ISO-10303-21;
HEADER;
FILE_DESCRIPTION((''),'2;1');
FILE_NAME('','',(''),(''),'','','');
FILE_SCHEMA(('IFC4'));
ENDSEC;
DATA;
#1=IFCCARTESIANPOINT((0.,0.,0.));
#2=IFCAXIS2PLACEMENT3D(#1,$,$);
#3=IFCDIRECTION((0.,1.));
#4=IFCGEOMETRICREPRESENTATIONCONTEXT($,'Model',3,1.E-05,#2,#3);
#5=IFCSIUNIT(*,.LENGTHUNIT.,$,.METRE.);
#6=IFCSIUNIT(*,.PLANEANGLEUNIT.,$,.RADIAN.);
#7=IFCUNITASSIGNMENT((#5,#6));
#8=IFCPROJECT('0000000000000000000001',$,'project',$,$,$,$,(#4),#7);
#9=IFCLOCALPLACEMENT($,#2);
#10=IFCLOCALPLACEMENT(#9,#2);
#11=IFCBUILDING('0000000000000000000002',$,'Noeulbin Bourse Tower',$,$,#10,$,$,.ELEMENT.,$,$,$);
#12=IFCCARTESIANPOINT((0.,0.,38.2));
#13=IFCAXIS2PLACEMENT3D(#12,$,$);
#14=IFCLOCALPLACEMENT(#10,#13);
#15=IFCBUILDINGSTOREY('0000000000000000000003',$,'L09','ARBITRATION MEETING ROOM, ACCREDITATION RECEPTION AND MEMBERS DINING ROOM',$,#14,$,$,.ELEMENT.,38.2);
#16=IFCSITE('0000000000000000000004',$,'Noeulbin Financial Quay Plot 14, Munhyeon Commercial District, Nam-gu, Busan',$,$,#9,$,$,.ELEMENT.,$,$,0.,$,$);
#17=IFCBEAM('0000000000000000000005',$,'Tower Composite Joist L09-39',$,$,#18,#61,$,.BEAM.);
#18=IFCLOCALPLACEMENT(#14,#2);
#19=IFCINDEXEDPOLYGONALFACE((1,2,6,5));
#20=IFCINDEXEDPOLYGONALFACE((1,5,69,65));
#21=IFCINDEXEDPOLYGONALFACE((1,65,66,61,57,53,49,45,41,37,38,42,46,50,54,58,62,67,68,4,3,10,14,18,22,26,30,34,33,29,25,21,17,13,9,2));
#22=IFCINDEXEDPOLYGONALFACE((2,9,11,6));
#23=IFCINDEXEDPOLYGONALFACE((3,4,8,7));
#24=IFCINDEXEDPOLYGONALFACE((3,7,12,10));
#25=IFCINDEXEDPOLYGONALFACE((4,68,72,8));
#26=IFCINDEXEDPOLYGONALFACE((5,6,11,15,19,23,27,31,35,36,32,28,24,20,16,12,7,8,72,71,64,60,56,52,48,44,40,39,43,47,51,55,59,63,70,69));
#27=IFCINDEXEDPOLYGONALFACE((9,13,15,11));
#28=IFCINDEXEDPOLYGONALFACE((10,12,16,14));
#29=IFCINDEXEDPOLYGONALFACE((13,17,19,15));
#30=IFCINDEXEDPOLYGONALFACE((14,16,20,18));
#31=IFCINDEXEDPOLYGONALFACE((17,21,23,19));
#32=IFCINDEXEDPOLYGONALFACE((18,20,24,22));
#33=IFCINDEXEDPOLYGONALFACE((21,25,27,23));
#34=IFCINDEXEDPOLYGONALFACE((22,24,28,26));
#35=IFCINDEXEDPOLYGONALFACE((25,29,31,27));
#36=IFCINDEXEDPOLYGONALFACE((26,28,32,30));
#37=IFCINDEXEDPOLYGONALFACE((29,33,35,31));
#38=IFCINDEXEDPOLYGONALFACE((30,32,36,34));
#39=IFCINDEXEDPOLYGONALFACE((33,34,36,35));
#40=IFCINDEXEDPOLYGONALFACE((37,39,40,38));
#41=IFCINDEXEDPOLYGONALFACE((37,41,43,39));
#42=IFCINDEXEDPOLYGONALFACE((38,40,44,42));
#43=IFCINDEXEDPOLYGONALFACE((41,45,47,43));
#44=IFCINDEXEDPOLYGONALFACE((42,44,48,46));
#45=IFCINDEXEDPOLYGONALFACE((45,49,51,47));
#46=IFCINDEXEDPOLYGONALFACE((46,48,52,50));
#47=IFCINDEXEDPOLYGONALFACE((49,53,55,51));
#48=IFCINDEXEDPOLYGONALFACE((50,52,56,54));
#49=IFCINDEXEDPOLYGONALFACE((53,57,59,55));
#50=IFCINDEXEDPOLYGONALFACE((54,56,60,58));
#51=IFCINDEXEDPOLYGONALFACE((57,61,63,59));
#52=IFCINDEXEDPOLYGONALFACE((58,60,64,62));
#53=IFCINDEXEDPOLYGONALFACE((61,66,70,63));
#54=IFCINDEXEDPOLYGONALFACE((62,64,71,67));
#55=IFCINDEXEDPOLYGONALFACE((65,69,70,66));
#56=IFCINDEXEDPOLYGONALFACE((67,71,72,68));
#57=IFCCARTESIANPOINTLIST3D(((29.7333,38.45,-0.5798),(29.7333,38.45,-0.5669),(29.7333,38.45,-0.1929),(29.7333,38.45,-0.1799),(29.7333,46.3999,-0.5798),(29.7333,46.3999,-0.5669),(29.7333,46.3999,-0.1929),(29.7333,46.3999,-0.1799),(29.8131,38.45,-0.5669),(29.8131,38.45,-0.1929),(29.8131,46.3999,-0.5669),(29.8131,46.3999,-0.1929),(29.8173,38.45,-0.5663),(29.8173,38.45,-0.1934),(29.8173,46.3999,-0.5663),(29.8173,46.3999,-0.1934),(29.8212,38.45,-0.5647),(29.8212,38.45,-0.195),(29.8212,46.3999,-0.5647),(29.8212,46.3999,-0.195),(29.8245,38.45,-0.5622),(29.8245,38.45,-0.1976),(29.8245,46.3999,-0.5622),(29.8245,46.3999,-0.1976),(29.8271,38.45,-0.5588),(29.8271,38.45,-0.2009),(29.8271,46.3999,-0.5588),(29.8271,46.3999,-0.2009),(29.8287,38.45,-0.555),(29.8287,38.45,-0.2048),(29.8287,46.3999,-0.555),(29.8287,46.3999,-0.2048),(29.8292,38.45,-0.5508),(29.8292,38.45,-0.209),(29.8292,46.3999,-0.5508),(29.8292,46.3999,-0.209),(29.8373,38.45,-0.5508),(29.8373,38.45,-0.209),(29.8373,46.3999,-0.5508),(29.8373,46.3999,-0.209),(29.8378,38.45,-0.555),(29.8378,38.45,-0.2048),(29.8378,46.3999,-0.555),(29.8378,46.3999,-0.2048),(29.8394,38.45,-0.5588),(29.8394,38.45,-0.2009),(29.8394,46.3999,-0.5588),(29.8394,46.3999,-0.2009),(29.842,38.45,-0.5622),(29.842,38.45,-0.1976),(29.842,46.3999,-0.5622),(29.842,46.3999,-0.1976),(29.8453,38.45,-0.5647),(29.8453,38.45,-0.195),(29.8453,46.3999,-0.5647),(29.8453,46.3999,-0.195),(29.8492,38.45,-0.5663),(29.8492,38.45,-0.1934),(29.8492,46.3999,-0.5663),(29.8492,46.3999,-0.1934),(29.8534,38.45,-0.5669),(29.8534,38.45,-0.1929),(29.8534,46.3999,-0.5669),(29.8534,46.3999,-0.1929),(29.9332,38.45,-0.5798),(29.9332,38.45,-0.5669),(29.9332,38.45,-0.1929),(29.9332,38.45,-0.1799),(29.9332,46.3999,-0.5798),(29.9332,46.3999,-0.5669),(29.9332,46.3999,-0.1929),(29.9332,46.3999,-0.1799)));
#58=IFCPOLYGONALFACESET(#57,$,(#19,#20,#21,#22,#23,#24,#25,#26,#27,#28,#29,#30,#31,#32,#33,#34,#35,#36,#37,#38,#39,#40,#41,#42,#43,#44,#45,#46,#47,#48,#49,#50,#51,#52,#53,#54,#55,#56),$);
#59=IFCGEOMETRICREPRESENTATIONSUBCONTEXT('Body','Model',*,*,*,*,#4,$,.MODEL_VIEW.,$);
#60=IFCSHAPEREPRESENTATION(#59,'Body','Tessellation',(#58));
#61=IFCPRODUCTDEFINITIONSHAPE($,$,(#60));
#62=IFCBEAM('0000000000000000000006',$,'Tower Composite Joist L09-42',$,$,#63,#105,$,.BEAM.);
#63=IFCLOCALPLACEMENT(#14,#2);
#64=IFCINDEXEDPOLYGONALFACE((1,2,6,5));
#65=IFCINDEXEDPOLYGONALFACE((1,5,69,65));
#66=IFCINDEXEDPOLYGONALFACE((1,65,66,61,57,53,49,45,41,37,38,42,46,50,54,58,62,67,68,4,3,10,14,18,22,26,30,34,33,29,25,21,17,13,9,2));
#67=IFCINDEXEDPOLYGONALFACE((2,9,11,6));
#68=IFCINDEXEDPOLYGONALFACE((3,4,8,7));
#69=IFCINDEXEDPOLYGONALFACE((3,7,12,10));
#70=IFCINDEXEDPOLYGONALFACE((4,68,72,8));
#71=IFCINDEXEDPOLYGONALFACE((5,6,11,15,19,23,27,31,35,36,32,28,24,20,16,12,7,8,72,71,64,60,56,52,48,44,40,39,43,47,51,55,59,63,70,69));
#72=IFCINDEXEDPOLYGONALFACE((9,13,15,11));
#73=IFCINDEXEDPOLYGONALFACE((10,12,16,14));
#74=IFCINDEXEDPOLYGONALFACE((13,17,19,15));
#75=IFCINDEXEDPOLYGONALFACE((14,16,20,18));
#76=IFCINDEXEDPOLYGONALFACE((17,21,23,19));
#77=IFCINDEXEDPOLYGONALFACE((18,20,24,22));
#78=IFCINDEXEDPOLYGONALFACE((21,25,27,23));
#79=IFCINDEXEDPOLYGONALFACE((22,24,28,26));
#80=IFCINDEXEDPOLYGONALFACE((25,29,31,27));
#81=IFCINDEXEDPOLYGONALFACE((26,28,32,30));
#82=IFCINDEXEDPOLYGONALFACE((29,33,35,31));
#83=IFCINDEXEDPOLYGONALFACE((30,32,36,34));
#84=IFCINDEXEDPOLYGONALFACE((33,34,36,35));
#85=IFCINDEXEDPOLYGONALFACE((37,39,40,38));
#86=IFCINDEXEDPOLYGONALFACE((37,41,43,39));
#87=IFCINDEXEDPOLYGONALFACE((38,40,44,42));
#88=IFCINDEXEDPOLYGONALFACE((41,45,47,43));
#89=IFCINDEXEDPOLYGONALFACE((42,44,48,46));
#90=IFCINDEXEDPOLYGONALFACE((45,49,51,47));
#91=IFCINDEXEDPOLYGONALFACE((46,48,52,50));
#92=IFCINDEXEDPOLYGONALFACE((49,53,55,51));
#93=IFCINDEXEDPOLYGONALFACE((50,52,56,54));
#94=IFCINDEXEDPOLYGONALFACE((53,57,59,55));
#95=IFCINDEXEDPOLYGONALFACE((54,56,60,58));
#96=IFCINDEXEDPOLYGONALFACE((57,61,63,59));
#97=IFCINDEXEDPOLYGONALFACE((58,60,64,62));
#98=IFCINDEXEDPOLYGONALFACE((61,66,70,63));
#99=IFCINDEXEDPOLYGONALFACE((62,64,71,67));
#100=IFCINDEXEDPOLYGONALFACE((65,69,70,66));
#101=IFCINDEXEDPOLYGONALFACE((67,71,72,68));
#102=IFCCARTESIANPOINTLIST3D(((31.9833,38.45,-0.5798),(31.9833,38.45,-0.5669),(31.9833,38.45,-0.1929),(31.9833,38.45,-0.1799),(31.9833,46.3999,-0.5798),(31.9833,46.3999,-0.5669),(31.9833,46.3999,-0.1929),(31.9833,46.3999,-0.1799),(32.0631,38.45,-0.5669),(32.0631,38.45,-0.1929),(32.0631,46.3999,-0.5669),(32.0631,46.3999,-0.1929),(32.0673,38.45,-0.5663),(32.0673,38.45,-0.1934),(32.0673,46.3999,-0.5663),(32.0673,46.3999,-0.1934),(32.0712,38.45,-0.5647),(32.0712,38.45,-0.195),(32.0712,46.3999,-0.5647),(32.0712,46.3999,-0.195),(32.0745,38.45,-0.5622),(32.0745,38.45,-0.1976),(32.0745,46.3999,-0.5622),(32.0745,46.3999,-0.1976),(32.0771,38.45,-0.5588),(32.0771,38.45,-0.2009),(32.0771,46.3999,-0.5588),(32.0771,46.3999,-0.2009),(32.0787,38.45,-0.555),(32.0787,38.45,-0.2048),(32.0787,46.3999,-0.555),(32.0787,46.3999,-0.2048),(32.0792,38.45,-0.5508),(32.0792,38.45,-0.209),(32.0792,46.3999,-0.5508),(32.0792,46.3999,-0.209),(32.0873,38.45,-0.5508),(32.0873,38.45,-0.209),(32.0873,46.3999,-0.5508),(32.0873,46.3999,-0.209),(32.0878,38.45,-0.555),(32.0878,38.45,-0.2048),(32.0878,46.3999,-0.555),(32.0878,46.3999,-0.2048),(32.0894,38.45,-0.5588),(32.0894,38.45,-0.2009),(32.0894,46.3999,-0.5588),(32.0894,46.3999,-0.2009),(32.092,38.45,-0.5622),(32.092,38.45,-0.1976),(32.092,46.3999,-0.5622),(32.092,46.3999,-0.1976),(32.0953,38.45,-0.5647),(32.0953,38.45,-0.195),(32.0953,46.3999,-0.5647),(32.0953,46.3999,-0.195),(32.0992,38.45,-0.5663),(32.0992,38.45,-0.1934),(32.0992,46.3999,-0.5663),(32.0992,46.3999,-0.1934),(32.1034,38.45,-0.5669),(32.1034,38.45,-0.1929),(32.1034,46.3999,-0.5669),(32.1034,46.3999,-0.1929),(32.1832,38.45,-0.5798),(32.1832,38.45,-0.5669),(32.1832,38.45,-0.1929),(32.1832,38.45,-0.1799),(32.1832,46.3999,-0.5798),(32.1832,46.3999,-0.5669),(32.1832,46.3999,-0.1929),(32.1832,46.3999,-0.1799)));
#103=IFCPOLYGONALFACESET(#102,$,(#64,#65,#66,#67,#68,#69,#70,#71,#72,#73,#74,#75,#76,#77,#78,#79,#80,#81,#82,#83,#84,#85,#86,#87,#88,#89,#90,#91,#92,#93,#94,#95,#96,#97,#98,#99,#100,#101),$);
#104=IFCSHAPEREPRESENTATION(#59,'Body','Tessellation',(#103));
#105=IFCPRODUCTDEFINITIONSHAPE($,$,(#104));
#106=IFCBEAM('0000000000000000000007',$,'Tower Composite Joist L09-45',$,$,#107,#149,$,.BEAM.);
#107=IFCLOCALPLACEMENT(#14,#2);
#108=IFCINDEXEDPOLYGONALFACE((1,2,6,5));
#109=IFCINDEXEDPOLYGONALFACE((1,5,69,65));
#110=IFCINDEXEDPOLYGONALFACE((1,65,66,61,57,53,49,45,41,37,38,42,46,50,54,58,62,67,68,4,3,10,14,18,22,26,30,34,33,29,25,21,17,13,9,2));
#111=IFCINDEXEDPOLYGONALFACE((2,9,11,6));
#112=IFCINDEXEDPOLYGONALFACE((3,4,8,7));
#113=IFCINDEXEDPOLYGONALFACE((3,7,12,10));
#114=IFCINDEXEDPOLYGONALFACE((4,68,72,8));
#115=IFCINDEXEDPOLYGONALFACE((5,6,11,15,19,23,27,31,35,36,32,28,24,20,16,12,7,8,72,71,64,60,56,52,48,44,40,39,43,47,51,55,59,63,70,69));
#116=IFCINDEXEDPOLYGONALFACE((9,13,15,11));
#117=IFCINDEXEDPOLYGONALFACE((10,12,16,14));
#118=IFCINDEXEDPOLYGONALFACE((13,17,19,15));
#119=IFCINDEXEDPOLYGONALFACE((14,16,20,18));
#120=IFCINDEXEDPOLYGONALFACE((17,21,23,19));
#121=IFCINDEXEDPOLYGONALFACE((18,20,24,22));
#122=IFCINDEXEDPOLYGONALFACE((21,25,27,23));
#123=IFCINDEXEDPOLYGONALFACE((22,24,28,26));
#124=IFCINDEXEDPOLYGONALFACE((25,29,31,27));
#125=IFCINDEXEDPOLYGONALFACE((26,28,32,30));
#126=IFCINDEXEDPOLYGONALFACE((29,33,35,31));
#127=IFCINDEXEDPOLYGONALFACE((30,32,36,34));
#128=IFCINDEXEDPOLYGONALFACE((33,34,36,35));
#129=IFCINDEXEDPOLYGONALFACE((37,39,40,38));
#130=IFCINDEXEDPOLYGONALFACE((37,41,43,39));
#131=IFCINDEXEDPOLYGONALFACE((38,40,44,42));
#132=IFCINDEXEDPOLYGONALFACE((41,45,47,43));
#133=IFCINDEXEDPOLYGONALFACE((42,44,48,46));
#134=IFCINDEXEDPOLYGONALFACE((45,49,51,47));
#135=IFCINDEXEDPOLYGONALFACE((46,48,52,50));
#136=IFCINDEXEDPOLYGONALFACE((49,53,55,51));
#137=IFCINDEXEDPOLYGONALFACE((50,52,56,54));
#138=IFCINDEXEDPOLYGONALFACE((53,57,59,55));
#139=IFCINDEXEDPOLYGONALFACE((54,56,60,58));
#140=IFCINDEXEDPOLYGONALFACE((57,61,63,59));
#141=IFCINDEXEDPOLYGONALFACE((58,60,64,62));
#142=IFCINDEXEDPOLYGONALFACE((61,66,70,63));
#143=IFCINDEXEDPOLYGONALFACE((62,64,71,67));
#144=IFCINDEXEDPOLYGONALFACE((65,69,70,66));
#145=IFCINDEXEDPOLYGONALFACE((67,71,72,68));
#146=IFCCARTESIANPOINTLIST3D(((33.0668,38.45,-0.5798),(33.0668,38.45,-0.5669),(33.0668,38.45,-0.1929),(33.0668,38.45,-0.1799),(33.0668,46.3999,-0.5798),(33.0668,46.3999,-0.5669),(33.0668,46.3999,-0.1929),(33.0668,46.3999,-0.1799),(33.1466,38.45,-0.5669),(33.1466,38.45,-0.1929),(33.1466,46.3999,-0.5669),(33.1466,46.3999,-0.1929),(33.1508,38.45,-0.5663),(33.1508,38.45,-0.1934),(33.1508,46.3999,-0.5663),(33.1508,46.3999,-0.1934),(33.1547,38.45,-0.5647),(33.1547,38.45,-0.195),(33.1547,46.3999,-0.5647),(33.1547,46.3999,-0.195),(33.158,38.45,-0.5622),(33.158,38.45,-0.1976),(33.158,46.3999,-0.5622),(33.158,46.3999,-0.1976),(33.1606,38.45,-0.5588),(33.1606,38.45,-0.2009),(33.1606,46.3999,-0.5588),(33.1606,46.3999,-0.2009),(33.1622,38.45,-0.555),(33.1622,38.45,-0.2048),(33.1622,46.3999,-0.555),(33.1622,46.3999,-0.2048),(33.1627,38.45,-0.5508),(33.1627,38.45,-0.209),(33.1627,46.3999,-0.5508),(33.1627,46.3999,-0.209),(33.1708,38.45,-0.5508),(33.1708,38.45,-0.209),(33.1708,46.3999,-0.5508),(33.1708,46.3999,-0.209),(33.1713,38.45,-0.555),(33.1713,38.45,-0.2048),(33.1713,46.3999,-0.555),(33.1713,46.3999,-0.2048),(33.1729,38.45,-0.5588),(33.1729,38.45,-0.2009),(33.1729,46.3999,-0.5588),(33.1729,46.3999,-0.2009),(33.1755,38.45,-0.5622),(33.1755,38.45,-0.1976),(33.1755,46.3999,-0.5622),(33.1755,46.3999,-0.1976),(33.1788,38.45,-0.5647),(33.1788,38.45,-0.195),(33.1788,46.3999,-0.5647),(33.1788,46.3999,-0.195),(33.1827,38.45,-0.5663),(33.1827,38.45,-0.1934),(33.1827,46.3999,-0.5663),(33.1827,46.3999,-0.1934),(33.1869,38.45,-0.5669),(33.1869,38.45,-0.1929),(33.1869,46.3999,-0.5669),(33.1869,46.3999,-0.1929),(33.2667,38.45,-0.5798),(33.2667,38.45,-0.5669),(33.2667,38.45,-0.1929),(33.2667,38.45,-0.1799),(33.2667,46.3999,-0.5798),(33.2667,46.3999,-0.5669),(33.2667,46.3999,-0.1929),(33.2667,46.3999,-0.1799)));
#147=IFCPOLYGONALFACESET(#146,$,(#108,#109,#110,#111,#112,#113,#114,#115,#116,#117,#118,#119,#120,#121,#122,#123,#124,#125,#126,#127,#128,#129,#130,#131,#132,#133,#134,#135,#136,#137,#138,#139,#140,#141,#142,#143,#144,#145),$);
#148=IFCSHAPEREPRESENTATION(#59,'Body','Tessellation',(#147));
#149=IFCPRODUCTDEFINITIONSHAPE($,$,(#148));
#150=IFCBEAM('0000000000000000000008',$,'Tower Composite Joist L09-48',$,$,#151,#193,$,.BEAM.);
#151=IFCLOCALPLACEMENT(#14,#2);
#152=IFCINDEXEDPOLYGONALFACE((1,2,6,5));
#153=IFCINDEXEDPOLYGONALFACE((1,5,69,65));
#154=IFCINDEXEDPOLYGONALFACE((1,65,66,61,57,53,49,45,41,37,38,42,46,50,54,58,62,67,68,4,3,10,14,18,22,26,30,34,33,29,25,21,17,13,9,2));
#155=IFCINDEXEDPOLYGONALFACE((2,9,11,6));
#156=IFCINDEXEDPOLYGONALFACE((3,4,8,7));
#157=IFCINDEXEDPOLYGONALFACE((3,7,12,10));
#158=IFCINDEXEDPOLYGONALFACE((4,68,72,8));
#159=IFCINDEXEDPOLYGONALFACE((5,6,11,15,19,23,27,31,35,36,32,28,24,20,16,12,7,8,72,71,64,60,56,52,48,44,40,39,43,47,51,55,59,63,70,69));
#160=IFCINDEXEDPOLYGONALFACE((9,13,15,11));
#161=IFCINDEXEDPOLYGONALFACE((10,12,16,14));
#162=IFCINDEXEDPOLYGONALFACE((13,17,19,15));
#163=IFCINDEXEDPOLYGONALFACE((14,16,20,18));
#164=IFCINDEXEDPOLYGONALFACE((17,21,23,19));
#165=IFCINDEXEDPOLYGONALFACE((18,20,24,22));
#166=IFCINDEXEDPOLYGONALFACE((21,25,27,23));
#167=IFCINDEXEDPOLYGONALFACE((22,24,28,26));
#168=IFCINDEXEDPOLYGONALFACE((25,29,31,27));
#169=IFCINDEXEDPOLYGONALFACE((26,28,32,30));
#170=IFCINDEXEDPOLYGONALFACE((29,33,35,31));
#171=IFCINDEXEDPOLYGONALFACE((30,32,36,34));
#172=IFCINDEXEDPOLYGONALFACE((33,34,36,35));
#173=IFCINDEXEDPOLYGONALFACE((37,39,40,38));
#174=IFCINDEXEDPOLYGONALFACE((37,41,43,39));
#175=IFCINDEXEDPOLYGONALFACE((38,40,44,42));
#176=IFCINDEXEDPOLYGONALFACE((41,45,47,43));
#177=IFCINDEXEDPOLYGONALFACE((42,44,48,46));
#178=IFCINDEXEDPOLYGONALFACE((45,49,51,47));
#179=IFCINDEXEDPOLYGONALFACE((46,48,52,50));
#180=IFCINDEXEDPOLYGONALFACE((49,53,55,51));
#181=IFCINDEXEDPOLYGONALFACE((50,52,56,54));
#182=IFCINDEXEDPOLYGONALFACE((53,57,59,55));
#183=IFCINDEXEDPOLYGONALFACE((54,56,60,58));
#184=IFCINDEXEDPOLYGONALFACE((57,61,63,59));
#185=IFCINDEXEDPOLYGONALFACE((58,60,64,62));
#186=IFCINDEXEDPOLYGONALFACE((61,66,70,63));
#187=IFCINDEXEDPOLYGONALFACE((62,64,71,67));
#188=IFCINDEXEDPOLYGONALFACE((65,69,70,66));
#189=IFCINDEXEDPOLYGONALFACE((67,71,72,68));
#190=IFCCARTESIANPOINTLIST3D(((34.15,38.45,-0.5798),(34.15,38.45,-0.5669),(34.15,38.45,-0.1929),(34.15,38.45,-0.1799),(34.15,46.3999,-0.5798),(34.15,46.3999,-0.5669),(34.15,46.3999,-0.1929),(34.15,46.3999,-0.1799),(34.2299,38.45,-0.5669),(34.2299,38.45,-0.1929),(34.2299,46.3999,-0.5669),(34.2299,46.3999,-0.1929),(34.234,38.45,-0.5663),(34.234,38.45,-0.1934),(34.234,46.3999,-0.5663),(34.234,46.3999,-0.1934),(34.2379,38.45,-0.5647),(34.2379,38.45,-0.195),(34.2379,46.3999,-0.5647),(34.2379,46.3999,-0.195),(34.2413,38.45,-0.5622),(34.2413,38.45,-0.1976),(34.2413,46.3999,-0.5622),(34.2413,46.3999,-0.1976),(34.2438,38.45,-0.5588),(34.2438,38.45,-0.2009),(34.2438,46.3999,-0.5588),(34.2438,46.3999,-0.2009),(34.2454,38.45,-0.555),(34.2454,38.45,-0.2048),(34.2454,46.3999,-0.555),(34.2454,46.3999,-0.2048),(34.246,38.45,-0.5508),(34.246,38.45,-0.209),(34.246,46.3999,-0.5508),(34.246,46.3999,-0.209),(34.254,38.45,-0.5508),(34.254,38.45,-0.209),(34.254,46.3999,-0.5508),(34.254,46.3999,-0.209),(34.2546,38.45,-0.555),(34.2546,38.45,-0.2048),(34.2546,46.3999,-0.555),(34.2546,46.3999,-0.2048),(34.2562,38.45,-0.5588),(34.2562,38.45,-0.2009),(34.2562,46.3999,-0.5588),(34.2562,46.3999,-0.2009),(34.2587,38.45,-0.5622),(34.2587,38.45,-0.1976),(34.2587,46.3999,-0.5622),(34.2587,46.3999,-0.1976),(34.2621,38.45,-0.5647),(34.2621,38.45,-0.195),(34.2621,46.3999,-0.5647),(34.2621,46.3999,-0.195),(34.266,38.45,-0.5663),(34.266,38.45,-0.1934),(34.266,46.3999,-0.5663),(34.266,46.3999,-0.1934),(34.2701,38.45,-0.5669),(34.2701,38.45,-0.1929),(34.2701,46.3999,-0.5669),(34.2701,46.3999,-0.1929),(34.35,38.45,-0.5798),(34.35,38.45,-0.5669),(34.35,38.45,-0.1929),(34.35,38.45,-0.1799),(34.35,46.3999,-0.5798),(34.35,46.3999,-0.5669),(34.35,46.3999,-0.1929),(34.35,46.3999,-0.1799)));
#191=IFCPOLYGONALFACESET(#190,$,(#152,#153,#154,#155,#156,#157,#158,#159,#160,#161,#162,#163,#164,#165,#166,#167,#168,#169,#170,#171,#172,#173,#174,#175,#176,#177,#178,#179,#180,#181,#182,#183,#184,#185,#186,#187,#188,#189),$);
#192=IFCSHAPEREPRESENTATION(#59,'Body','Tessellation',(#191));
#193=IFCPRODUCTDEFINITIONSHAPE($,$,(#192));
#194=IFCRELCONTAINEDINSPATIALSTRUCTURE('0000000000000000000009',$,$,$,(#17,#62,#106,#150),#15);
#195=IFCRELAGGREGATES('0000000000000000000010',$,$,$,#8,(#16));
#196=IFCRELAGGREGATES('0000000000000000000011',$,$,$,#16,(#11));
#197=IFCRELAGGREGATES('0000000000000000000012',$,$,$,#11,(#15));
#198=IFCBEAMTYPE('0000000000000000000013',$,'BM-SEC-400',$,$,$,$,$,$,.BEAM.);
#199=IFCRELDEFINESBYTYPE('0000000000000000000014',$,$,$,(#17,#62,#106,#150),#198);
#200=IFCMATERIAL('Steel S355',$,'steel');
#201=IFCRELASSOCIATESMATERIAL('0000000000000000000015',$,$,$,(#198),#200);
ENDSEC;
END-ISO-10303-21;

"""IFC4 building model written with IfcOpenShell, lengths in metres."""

from ifc_helpers import new_model, si_unit, direction, frame, origin, origin_2d, place, context, subcontext, project, spatial, i_section, extrude, material, material_profile, profile_set, type_object, element, save


model = new_model("IFC4")

# Units and contexts
model_context = context("Model", 3, precision=1e-05, world=origin(), true_north=direction((0.0, 1.0)))
body_context = subcontext(model_context, "Body", "Model", "MODEL_VIEW")
ifc_project = project(units=[si_unit("LENGTHUNIT", "METRE"), si_unit("PLANEANGLEUNIT", "RADIAN")], contexts=[model_context])

# Site, building, storey
site_placement = place(None, origin())
site = spatial("IfcSite", under=ifc_project, at=site_placement, Name="Noeulbin Financial Quay Plot 14, Munhyeon Commercial District, Nam-gu, Busan", CompositionType="ELEMENT", RefElevation=0.0)
building_placement = place(site_placement, origin())
building = spatial("IfcBuilding", under=site, at=building_placement, Name="Noeulbin Bourse Tower", CompositionType="ELEMENT")
storey_placement = place(building_placement, frame((0.0, 0.0, 38.2)))
storey = spatial("IfcBuildingStorey", under=building, at=storey_placement, Name="L09", Description="ARBITRATION MEETING ROOM, ACCREDITATION RECEPTION AND MEMBERS DINING ROOM", CompositionType="ELEMENT", Elevation=38.2)

# Beams
ifc_material_1 = material(Name="Steel S355", Category="steel")
ifc_material_profile_1 = material_profile(ifc_material_1, i_section(OverallWidth=0.2, OverallDepth=0.3999, WebThickness=0.0081, FlangeThickness=0.0129, FilletRadius=0.0161, at=origin_2d()), Name="H-400x200x8x13", Category="LoadBearing")
ifc_profile_set_1 = profile_set([ifc_material_profile_1], Name="Steel S355")
beam_type_1 = type_object("IfcBeamType", Name="BM-SEC-400", PredefinedType="BEAM", material=ifc_profile_set_1)
for number, where, z_axis, x_axis, name in (
    (1, (29.8333, 38.45, -0.3799), (0.0, 1.0, 0.0), (-1.0, 0.0, 0.0), "Tower Composite Joist L09-39"),
    (2, (32.0833, 38.45, -0.3799), (0.0, 1.0, 0.0), (-1.0, 0.0, 0.0), "Tower Composite Joist L09-42"),
    (3, (33.1667, 38.45, -0.3799), (0.0, 1.0, 0.0), (-1.0, 0.0, 0.0), "Tower Composite Joist L09-45"),
    (4, (34.25, 38.45, -0.3799), (0.0, 1.0, 0.0), (-1.0, 0.0, 0.0), "Tower Composite Joist L09-48"),
):
    element("IfcBeam", number, at=place(storey_placement, frame(where, z_axis=z_axis, x_axis=x_axis)), inside=storey, type_object=beam_type_1, Name=name, PredefinedType="BEAM", context=body_context, shape_type="SweptSolid", body=[
        extrude(i_section(OverallWidth=0.2, OverallDepth=0.3999, WebThickness=0.0081, FlangeThickness=0.0129, FilletRadius=0.0161, at=origin_2d()), origin(), (0.0, 0.0, 1.0), 7.95),
    ])

save(model, "model.ifc")
